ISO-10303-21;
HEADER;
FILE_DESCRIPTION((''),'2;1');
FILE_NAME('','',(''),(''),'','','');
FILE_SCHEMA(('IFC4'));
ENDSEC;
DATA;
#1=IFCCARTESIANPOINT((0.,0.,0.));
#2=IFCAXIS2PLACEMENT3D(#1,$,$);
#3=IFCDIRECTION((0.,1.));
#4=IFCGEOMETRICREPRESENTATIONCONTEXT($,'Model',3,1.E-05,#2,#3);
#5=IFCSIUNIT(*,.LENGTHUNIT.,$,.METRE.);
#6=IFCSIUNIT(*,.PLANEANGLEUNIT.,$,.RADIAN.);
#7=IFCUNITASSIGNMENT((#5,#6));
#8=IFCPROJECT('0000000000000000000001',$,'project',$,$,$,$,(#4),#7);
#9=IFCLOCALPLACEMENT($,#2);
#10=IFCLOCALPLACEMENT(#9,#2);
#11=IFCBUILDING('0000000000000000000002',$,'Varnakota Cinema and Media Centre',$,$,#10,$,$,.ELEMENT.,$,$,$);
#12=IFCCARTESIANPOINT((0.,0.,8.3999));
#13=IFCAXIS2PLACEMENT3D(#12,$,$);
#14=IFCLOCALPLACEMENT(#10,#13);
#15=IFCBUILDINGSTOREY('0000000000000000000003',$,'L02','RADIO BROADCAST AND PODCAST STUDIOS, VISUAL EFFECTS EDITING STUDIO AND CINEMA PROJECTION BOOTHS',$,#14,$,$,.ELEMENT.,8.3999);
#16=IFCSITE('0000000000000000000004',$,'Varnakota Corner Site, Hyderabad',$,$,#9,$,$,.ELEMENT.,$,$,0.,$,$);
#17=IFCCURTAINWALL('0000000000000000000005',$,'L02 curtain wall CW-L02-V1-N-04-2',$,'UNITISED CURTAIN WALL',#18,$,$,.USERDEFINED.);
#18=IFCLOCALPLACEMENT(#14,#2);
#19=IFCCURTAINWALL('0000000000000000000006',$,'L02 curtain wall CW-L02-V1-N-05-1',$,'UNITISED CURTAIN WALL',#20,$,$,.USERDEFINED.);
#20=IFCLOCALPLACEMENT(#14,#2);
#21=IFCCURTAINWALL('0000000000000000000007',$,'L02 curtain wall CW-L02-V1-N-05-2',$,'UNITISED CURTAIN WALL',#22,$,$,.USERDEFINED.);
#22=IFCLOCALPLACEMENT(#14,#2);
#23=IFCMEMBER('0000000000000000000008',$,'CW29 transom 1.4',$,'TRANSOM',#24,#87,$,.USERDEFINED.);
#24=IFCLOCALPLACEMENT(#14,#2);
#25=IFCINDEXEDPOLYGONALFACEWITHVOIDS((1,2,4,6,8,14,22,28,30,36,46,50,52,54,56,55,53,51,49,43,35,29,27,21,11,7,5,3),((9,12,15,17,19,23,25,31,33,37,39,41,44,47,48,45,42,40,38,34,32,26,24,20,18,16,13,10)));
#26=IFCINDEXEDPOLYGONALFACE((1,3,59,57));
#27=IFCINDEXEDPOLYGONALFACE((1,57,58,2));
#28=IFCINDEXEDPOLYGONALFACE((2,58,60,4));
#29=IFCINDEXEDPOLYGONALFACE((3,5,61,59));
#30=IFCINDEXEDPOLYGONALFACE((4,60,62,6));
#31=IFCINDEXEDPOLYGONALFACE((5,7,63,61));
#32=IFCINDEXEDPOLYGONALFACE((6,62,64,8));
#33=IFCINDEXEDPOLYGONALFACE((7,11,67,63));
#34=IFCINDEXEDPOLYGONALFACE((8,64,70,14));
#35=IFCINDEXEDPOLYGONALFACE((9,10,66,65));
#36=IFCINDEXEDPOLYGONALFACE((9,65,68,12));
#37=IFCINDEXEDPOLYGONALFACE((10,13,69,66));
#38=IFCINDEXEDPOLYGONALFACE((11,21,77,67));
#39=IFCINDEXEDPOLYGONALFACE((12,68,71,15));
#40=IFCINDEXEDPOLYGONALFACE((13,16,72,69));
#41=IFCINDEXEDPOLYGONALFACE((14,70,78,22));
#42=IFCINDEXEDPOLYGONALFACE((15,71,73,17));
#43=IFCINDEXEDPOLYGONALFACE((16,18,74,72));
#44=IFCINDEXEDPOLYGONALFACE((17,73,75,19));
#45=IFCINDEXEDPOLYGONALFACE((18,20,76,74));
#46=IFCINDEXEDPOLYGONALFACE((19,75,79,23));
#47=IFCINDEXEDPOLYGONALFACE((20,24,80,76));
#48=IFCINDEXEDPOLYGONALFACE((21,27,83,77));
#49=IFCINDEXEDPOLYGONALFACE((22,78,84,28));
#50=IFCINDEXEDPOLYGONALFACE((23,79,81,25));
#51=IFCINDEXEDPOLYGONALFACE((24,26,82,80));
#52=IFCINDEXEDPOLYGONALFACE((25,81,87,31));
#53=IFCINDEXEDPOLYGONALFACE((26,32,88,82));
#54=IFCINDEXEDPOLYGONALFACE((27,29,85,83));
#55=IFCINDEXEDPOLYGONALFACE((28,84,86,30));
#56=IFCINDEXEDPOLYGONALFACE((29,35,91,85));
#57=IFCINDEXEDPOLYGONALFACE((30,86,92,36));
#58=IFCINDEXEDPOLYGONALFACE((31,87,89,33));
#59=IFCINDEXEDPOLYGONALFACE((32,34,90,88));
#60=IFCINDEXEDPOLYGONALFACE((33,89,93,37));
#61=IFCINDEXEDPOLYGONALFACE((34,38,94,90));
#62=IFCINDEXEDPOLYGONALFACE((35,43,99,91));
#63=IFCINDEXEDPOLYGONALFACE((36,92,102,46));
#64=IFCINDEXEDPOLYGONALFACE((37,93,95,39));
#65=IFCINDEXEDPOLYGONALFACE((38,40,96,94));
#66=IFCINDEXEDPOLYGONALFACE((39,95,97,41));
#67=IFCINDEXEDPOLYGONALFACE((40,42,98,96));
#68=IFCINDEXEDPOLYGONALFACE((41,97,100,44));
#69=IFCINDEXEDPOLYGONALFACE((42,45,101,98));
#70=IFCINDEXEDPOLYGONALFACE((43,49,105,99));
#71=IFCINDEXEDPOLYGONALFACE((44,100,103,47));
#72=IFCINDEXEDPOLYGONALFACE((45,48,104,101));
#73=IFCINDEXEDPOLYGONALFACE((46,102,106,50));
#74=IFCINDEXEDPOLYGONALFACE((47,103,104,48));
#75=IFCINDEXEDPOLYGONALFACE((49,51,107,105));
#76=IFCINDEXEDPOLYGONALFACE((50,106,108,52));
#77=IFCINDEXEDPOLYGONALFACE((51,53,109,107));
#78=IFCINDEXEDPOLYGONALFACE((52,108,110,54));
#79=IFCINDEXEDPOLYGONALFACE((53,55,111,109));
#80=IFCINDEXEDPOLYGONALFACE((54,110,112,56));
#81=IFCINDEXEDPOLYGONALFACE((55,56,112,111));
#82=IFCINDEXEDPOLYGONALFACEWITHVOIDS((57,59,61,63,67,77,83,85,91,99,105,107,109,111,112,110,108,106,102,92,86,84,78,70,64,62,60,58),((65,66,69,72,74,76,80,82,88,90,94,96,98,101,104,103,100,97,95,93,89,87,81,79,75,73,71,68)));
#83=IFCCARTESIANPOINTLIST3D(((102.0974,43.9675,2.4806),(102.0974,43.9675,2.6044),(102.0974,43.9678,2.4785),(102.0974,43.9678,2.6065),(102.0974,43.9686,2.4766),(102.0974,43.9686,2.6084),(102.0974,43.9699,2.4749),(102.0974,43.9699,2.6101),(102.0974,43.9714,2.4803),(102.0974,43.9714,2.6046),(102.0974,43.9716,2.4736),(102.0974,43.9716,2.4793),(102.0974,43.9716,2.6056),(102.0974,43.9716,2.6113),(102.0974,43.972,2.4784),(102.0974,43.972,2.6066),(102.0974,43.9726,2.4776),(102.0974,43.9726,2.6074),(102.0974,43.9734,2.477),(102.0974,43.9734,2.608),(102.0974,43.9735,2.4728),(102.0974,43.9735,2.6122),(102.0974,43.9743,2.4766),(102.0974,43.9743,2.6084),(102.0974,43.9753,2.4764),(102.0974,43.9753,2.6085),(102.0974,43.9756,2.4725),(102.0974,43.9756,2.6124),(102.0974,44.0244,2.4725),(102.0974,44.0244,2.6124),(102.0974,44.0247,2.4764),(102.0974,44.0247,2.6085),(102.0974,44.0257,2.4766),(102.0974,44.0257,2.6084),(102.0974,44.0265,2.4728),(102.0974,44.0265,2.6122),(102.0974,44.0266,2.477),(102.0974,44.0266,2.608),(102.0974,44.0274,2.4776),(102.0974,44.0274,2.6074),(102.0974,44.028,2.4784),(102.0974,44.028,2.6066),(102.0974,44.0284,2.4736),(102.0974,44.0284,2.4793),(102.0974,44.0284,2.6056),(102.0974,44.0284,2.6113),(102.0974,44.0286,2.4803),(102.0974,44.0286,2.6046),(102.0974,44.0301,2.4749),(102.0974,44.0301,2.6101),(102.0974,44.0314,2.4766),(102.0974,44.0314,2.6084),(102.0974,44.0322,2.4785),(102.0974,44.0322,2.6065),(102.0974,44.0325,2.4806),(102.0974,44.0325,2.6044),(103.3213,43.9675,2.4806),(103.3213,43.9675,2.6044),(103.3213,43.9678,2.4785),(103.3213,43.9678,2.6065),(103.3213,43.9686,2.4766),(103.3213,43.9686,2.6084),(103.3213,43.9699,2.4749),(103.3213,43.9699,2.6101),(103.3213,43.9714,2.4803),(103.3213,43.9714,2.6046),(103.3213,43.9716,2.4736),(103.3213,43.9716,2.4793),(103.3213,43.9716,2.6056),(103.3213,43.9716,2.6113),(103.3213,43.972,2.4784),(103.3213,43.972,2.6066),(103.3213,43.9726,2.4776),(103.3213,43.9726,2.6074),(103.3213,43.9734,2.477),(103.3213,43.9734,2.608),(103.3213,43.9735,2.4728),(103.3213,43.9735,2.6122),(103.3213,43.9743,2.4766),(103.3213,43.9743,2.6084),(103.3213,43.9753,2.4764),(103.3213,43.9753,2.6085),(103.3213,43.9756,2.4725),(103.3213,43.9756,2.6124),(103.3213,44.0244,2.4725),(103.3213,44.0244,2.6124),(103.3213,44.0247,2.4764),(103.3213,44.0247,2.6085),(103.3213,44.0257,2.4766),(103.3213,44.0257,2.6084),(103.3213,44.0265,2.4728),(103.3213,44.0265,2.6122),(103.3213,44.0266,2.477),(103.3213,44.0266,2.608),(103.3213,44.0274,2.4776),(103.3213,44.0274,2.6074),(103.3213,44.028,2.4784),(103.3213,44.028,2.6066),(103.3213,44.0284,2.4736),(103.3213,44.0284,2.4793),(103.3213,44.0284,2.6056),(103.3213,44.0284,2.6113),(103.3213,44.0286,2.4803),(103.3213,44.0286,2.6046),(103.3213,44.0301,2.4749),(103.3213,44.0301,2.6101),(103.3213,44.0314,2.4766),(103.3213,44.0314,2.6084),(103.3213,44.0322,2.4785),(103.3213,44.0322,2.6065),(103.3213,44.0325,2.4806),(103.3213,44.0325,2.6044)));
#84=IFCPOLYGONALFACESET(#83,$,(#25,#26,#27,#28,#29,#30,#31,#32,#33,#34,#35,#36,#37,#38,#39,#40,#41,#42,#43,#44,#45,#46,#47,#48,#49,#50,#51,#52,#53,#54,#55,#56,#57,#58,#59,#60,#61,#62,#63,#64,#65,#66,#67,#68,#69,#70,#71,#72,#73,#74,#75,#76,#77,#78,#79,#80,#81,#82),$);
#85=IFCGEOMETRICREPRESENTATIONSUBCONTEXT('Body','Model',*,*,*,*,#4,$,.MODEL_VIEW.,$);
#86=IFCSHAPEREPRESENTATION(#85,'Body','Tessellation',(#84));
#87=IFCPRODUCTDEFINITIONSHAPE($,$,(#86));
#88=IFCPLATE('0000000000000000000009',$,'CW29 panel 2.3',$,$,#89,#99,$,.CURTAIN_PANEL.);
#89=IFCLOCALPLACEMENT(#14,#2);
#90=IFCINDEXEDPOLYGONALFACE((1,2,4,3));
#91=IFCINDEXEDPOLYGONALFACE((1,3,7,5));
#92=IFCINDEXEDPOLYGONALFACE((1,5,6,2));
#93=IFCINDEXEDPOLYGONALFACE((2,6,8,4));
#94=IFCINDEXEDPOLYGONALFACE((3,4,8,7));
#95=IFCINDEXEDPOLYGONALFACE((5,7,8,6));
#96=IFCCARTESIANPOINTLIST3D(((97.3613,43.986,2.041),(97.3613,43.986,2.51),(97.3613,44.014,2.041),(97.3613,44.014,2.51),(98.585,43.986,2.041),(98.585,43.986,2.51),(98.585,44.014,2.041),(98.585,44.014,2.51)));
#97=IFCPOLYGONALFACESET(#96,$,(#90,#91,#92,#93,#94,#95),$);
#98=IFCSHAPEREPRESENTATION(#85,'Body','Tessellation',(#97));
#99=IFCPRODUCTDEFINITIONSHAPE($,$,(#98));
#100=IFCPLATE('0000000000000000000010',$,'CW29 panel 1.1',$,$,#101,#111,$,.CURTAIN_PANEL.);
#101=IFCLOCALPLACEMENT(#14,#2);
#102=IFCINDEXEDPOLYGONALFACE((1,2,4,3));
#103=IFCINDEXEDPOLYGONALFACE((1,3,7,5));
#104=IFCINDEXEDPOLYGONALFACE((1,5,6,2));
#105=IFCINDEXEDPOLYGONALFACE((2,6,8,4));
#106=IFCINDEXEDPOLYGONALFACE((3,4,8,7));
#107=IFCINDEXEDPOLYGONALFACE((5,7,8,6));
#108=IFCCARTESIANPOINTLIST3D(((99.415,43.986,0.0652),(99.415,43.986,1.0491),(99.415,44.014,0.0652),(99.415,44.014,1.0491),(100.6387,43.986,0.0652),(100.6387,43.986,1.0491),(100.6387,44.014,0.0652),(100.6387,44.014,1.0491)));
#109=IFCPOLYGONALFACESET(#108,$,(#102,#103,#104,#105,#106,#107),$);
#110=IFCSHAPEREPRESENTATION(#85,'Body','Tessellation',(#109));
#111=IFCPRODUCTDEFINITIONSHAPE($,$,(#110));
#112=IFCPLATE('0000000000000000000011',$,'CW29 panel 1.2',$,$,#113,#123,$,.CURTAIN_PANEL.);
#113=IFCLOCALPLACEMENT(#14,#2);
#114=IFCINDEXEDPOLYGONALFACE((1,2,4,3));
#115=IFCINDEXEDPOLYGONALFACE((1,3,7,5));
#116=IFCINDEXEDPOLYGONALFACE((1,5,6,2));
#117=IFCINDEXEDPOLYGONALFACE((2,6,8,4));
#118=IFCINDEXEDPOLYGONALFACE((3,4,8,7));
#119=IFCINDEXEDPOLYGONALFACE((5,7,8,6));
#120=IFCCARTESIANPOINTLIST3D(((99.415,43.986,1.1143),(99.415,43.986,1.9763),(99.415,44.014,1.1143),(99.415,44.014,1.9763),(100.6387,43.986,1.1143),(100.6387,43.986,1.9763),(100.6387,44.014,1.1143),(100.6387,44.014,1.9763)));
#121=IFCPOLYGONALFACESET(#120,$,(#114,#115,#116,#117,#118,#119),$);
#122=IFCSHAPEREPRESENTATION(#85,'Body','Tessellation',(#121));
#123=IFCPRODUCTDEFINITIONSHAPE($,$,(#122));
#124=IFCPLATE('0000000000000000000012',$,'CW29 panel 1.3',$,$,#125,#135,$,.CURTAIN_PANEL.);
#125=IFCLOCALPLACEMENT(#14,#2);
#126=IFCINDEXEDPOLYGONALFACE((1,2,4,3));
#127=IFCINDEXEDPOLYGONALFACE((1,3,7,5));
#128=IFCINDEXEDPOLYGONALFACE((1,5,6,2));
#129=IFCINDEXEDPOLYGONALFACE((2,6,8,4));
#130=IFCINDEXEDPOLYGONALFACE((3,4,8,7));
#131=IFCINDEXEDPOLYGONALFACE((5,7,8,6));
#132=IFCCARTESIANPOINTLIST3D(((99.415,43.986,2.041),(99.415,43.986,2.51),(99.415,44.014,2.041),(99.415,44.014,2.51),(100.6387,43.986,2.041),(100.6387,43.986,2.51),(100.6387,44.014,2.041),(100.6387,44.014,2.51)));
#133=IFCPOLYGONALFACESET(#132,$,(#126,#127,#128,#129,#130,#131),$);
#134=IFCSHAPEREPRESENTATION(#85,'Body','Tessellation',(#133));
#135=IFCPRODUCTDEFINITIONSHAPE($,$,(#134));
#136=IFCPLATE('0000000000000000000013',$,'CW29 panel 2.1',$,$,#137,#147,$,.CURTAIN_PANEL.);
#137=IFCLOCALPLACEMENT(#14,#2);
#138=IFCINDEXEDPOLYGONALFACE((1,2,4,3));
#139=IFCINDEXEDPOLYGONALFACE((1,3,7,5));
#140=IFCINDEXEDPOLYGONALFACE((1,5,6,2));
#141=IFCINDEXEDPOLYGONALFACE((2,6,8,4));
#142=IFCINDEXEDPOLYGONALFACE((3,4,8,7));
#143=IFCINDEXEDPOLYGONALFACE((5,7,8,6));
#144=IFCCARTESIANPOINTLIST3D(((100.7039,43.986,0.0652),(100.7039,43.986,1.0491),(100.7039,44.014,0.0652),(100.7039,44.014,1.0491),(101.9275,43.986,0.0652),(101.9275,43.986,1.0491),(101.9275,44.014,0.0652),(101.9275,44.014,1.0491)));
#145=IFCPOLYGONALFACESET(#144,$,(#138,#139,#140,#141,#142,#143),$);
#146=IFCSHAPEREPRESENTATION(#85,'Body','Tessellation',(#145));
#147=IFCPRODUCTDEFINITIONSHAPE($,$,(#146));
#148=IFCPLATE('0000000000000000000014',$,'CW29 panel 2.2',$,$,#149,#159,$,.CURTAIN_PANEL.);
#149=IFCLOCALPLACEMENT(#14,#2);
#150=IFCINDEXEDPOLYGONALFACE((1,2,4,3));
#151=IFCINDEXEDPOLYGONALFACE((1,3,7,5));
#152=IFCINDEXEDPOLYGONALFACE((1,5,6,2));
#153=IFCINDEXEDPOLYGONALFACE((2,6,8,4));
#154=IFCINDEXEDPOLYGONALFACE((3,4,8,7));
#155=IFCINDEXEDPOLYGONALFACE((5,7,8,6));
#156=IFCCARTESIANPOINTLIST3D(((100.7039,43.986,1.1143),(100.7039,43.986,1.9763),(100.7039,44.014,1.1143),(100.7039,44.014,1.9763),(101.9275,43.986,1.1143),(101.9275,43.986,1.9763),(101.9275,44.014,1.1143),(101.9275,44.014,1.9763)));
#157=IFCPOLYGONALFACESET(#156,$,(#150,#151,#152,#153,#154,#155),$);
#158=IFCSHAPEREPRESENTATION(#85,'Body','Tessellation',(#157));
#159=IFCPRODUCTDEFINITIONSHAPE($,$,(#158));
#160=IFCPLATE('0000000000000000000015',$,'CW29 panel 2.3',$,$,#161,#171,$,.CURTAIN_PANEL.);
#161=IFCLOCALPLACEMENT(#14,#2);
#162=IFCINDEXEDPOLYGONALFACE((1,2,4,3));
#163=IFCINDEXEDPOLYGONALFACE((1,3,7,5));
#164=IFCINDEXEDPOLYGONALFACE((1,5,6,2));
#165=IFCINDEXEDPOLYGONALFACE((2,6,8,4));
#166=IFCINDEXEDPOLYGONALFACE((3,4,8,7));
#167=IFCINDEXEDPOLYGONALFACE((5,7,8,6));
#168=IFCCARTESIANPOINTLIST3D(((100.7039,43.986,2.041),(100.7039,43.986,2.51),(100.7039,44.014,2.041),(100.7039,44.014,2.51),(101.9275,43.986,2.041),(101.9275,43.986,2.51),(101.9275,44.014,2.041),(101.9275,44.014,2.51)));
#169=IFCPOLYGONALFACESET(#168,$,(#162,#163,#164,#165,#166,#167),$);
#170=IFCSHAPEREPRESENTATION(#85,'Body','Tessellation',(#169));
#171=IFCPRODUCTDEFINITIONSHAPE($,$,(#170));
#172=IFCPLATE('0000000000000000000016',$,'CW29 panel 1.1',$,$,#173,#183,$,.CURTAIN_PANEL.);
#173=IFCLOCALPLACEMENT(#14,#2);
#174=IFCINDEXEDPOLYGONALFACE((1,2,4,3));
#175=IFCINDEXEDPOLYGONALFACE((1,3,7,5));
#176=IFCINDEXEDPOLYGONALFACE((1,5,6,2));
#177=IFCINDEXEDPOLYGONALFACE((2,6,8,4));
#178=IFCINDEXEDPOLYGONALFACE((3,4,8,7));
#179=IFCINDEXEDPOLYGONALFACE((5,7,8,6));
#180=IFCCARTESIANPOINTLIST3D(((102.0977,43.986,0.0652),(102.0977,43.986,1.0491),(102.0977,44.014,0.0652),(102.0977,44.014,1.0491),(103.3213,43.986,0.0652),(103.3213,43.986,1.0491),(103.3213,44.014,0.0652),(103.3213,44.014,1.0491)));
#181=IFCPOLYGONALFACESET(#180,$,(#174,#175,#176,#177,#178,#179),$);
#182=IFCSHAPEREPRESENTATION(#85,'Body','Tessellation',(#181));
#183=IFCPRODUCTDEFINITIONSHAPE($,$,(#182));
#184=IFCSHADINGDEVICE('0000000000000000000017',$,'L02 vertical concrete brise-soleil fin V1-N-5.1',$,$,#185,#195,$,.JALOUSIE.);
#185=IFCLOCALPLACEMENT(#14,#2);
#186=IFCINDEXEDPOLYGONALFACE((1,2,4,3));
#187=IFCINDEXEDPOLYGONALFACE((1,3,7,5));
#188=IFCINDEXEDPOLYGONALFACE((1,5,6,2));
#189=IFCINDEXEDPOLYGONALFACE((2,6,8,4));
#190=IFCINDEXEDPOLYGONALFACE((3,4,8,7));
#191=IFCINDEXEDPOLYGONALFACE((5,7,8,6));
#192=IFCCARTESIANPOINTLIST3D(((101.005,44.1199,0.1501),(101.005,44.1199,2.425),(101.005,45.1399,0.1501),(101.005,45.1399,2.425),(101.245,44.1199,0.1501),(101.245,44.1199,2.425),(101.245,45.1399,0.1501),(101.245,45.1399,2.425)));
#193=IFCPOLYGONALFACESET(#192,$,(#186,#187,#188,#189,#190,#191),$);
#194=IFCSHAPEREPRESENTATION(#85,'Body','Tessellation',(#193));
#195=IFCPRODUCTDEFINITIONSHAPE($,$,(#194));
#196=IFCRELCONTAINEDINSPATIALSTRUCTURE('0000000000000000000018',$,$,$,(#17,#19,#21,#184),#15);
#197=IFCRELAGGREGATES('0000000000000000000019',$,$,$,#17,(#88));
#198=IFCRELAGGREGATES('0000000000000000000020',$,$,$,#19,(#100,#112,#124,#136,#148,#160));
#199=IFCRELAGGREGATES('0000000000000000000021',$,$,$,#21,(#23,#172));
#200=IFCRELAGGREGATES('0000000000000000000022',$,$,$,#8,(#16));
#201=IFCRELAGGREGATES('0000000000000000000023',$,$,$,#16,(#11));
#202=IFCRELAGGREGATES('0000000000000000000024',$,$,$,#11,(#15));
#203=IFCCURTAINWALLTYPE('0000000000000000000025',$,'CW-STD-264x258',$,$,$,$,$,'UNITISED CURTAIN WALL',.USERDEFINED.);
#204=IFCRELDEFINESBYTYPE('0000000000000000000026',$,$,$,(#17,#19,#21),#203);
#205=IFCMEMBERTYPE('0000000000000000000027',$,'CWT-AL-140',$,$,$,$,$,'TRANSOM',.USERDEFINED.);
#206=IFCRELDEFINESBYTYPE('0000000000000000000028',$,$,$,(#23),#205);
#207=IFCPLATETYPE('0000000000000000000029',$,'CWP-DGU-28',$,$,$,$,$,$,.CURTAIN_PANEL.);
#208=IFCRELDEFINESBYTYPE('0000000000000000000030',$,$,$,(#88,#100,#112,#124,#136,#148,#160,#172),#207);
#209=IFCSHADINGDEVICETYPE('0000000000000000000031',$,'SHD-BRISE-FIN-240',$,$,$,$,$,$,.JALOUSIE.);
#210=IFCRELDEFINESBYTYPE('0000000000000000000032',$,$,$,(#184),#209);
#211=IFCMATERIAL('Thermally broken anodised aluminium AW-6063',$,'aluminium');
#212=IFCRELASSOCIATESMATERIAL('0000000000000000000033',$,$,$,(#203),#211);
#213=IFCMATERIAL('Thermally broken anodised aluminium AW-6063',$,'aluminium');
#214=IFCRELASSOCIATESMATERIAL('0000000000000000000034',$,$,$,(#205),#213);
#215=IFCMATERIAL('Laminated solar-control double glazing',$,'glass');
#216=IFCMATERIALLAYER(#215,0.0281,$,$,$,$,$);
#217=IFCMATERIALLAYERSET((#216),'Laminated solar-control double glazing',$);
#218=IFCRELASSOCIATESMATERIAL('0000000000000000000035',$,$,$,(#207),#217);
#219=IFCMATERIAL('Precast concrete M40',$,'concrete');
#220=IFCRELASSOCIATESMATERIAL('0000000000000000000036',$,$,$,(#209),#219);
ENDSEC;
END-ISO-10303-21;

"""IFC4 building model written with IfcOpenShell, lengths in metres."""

from ifc_helpers import new_model, si_unit, direction, frame, origin, origin_2d, place, context, subcontext, project, spatial, rectangle, hollow_rectangle, extrude, material, layer, layer_set, material_profile, profile_set, type_object, element, aggregate, save


model = new_model("IFC4")

# Units and contexts
model_context = context("Model", 3, precision=1e-05, world=origin(), true_north=direction((0.0, 1.0)))
body_context = subcontext(model_context, "Body", "Model", "MODEL_VIEW")
ifc_project = project(units=[si_unit("LENGTHUNIT", "METRE"), si_unit("PLANEANGLEUNIT", "RADIAN")], contexts=[model_context])

# Site, building, storey
site_placement = place(None, origin())
site = spatial("IfcSite", under=ifc_project, at=site_placement, Name="Varnakota Corner Site, Hyderabad", CompositionType="ELEMENT", RefElevation=0.0)
building_placement = place(site_placement, origin())
building = spatial("IfcBuilding", under=site, at=building_placement, Name="Varnakota Cinema and Media Centre", CompositionType="ELEMENT")
storey_placement = place(building_placement, frame((0.0, 0.0, 8.3999)))
storey = spatial("IfcBuildingStorey", under=building, at=storey_placement, Name="L02", Description="RADIO BROADCAST AND PODCAST STUDIOS, VISUAL EFFECTS EDITING STUDIO AND CINEMA PROJECTION BOOTHS", CompositionType="ELEMENT", Elevation=8.3999)

# Curtain wall
ifc_material_1 = material(Name="Thermally broken anodised aluminium AW-6063", Category="aluminium")
curtain_wall_type = type_object("IfcCurtainWallType", Name="CW-STD-264x258", ElementType="UNITISED CURTAIN WALL", PredefinedType="USERDEFINED", material=ifc_material_1)
curtain_wall_1_placement = place(storey_placement, origin())
curtain_wall_1 = element("IfcCurtainWall", 1, at=curtain_wall_1_placement, inside=storey, type_object=curtain_wall_type, Name="L02 curtain wall CW-L02-V1-N-04-2", ObjectType="UNITISED CURTAIN WALL", PredefinedType="USERDEFINED")

# Curtain wall
curtain_wall_2_placement = place(storey_placement, origin())
curtain_wall_2 = element("IfcCurtainWall", 2, at=curtain_wall_2_placement, inside=storey, type_object=curtain_wall_type, Name="L02 curtain wall CW-L02-V1-N-05-1", ObjectType="UNITISED CURTAIN WALL", PredefinedType="USERDEFINED")

# Curtain wall
curtain_wall_3_placement = place(storey_placement, origin())
curtain_wall_3 = element("IfcCurtainWall", 3, at=curtain_wall_3_placement, inside=storey, type_object=curtain_wall_type, Name="L02 curtain wall CW-L02-V1-N-05-2", ObjectType="UNITISED CURTAIN WALL", PredefinedType="USERDEFINED")

# Member
ifc_material_2 = material(Name="Thermally broken anodised aluminium AW-6063", Category="aluminium")
ifc_material_profile_1 = material_profile(ifc_material_2, hollow_rectangle(XDim=0.0649, YDim=0.1399, WallThickness=0.0039, InnerFilletRadius=0.0039, OuterFilletRadius=0.0081, at=origin_2d()), Name="AL-TRANSOM 140x65x4")
ifc_profile_set_1 = profile_set([ifc_material_profile_1], Name="Thermally broken anodised aluminium AW-6063")
member_type_1 = type_object("IfcMemberType", Name="CWT-AL-140", ElementType="TRANSOM", PredefinedType="USERDEFINED", material=ifc_profile_set_1)
member_1_placement = place(storey_placement, frame((102.0974, 44.0, 2.5425), z_axis=(1.0, 0.0, 0.0), x_axis=(0.0, 1.0, 0.0)))
member_1 = element("IfcMember", 4, at=member_1_placement, type_object=member_type_1, Name="CW29 transom 1.4", ObjectType="TRANSOM", PredefinedType="USERDEFINED", context=body_context, shape_type="SweptSolid", body=[
    extrude(hollow_rectangle(XDim=0.0649, YDim=0.1399, WallThickness=0.0039, InnerFilletRadius=0.0039, OuterFilletRadius=0.0081, at=origin_2d()), origin(), (0.0, 0.0, 1.0), 1.2239),
])

# Plates
ifc_material_3 = material(Name="Laminated solar-control double glazing", Category="glass")
ifc_layer = layer(ifc_material_3, 0.0281)
ifc_layer_set = layer_set([ifc_layer], Name="Laminated solar-control double glazing")
plate_type = type_object("IfcPlateType", Name="CWP-DGU-28", PredefinedType="CURTAIN_PANEL", material=ifc_layer_set)
plate_1_placement = place(storey_placement, frame((97.9731, 44.0, 2.041), z_axis=(0.0, 0.0, 1.0), x_axis=(1.0, 0.0, 0.0)))
plate_1 = element("IfcPlate", 5, at=plate_1_placement, type_object=plate_type, Name="CW29 panel 2.3", PredefinedType="CURTAIN_PANEL", context=body_context, shape_type="SweptSolid", body=[
    extrude(rectangle(XDim=1.2236, YDim=0.0281, at=origin_2d()), origin(), (0.0, 0.0, 1.0), 0.469),
])
aggregate(curtain_wall_1, [plate_1])
plate_2_placement = place(storey_placement, frame((100.0269, 44.0, 0.0652), z_axis=(0.0, 0.0, 1.0), x_axis=(1.0, 0.0, 0.0)))
plate_2 = element("IfcPlate", 6, at=plate_2_placement, type_object=plate_type, Name="CW29 panel 1.1", PredefinedType="CURTAIN_PANEL", context=body_context, shape_type="SweptSolid", body=[
    extrude(rectangle(XDim=1.2236, YDim=0.0281, at=origin_2d()), origin(), (0.0, 0.0, 1.0), 0.9839),
])
plate_3_placement = place(storey_placement, frame((100.0269, 44.0, 1.1143), z_axis=(0.0, 0.0, 1.0), x_axis=(1.0, 0.0, 0.0)))
plate_3 = element("IfcPlate", 7, at=plate_3_placement, type_object=plate_type, Name="CW29 panel 1.2", PredefinedType="CURTAIN_PANEL", context=body_context, shape_type="SweptSolid", body=[
    extrude(rectangle(XDim=1.2236, YDim=0.0281, at=origin_2d()), origin(), (0.0, 0.0, 1.0), 0.8621),
])
plate_4_placement = place(storey_placement, frame((100.0269, 44.0, 2.041), z_axis=(0.0, 0.0, 1.0), x_axis=(1.0, 0.0, 0.0)))
plate_4 = element("IfcPlate", 8, at=plate_4_placement, type_object=plate_type, Name="CW29 panel 1.3", PredefinedType="CURTAIN_PANEL", context=body_context, shape_type="SweptSolid", body=[
    extrude(rectangle(XDim=1.2236, YDim=0.0281, at=origin_2d()), origin(), (0.0, 0.0, 1.0), 0.469),
])
plate_5_placement = place(storey_placement, frame((101.3157, 44.0, 0.0652), z_axis=(0.0, 0.0, 1.0), x_axis=(1.0, 0.0, 0.0)))
plate_5 = element("IfcPlate", 9, at=plate_5_placement, type_object=plate_type, Name="CW29 panel 2.1", PredefinedType="CURTAIN_PANEL", context=body_context, shape_type="SweptSolid", body=[
    extrude(rectangle(XDim=1.2236, YDim=0.0281, at=origin_2d()), origin(), (0.0, 0.0, 1.0), 0.9839),
])
plate_6_placement = place(storey_placement, frame((101.3157, 44.0, 1.1143), z_axis=(0.0, 0.0, 1.0), x_axis=(1.0, 0.0, 0.0)))
plate_6 = element("IfcPlate", 10, at=plate_6_placement, type_object=plate_type, Name="CW29 panel 2.2", PredefinedType="CURTAIN_PANEL", context=body_context, shape_type="SweptSolid", body=[
    extrude(rectangle(XDim=1.2236, YDim=0.0281, at=origin_2d()), origin(), (0.0, 0.0, 1.0), 0.8621),
])
plate_7_placement = place(storey_placement, frame((101.3157, 44.0, 2.041), z_axis=(0.0, 0.0, 1.0), x_axis=(1.0, 0.0, 0.0)))
plate_7 = element("IfcPlate", 11, at=plate_7_placement, type_object=plate_type, Name="CW29 panel 2.3", PredefinedType="CURTAIN_PANEL", context=body_context, shape_type="SweptSolid", body=[
    extrude(rectangle(XDim=1.2236, YDim=0.0281, at=origin_2d()), origin(), (0.0, 0.0, 1.0), 0.469),
])
aggregate(curtain_wall_2, [plate_2, plate_3, plate_4, plate_5, plate_6, plate_7])
plate_8_placement = place(storey_placement, frame((102.7095, 44.0, 0.0652), z_axis=(0.0, 0.0, 1.0), x_axis=(1.0, 0.0, 0.0)))
plate_8 = element("IfcPlate", 12, at=plate_8_placement, type_object=plate_type, Name="CW29 panel 1.1", PredefinedType="CURTAIN_PANEL", context=body_context, shape_type="SweptSolid", body=[
    extrude(rectangle(XDim=1.2236, YDim=0.0281, at=origin_2d()), origin(), (0.0, 0.0, 1.0), 0.9839),
])
aggregate(curtain_wall_3, [member_1, plate_8])

# Shading device
ifc_material_4 = material(Name="Precast concrete M40", Category="concrete")
shading_device_type = type_object("IfcShadingDeviceType", Name="SHD-BRISE-FIN-240", PredefinedType="JALOUSIE", material=ifc_material_4)
shading_device_placement = place(storey_placement, frame((101.125, 44.6299, 0.1501), z_axis=(0.0, 0.0, 1.0), x_axis=(1.0, 0.0, 0.0)))
element("IfcShadingDevice", 13, at=shading_device_placement, inside=storey, type_object=shading_device_type, Name="L02 vertical concrete brise-soleil fin V1-N-5.1", PredefinedType="JALOUSIE", context=body_context, shape_type="SweptSolid", body=[
    extrude(rectangle(XDim=0.24, YDim=1.02, at=origin_2d()), origin(), (0.0, 0.0, 1.0), 2.2749),
])

save(model, "model.ifc")
